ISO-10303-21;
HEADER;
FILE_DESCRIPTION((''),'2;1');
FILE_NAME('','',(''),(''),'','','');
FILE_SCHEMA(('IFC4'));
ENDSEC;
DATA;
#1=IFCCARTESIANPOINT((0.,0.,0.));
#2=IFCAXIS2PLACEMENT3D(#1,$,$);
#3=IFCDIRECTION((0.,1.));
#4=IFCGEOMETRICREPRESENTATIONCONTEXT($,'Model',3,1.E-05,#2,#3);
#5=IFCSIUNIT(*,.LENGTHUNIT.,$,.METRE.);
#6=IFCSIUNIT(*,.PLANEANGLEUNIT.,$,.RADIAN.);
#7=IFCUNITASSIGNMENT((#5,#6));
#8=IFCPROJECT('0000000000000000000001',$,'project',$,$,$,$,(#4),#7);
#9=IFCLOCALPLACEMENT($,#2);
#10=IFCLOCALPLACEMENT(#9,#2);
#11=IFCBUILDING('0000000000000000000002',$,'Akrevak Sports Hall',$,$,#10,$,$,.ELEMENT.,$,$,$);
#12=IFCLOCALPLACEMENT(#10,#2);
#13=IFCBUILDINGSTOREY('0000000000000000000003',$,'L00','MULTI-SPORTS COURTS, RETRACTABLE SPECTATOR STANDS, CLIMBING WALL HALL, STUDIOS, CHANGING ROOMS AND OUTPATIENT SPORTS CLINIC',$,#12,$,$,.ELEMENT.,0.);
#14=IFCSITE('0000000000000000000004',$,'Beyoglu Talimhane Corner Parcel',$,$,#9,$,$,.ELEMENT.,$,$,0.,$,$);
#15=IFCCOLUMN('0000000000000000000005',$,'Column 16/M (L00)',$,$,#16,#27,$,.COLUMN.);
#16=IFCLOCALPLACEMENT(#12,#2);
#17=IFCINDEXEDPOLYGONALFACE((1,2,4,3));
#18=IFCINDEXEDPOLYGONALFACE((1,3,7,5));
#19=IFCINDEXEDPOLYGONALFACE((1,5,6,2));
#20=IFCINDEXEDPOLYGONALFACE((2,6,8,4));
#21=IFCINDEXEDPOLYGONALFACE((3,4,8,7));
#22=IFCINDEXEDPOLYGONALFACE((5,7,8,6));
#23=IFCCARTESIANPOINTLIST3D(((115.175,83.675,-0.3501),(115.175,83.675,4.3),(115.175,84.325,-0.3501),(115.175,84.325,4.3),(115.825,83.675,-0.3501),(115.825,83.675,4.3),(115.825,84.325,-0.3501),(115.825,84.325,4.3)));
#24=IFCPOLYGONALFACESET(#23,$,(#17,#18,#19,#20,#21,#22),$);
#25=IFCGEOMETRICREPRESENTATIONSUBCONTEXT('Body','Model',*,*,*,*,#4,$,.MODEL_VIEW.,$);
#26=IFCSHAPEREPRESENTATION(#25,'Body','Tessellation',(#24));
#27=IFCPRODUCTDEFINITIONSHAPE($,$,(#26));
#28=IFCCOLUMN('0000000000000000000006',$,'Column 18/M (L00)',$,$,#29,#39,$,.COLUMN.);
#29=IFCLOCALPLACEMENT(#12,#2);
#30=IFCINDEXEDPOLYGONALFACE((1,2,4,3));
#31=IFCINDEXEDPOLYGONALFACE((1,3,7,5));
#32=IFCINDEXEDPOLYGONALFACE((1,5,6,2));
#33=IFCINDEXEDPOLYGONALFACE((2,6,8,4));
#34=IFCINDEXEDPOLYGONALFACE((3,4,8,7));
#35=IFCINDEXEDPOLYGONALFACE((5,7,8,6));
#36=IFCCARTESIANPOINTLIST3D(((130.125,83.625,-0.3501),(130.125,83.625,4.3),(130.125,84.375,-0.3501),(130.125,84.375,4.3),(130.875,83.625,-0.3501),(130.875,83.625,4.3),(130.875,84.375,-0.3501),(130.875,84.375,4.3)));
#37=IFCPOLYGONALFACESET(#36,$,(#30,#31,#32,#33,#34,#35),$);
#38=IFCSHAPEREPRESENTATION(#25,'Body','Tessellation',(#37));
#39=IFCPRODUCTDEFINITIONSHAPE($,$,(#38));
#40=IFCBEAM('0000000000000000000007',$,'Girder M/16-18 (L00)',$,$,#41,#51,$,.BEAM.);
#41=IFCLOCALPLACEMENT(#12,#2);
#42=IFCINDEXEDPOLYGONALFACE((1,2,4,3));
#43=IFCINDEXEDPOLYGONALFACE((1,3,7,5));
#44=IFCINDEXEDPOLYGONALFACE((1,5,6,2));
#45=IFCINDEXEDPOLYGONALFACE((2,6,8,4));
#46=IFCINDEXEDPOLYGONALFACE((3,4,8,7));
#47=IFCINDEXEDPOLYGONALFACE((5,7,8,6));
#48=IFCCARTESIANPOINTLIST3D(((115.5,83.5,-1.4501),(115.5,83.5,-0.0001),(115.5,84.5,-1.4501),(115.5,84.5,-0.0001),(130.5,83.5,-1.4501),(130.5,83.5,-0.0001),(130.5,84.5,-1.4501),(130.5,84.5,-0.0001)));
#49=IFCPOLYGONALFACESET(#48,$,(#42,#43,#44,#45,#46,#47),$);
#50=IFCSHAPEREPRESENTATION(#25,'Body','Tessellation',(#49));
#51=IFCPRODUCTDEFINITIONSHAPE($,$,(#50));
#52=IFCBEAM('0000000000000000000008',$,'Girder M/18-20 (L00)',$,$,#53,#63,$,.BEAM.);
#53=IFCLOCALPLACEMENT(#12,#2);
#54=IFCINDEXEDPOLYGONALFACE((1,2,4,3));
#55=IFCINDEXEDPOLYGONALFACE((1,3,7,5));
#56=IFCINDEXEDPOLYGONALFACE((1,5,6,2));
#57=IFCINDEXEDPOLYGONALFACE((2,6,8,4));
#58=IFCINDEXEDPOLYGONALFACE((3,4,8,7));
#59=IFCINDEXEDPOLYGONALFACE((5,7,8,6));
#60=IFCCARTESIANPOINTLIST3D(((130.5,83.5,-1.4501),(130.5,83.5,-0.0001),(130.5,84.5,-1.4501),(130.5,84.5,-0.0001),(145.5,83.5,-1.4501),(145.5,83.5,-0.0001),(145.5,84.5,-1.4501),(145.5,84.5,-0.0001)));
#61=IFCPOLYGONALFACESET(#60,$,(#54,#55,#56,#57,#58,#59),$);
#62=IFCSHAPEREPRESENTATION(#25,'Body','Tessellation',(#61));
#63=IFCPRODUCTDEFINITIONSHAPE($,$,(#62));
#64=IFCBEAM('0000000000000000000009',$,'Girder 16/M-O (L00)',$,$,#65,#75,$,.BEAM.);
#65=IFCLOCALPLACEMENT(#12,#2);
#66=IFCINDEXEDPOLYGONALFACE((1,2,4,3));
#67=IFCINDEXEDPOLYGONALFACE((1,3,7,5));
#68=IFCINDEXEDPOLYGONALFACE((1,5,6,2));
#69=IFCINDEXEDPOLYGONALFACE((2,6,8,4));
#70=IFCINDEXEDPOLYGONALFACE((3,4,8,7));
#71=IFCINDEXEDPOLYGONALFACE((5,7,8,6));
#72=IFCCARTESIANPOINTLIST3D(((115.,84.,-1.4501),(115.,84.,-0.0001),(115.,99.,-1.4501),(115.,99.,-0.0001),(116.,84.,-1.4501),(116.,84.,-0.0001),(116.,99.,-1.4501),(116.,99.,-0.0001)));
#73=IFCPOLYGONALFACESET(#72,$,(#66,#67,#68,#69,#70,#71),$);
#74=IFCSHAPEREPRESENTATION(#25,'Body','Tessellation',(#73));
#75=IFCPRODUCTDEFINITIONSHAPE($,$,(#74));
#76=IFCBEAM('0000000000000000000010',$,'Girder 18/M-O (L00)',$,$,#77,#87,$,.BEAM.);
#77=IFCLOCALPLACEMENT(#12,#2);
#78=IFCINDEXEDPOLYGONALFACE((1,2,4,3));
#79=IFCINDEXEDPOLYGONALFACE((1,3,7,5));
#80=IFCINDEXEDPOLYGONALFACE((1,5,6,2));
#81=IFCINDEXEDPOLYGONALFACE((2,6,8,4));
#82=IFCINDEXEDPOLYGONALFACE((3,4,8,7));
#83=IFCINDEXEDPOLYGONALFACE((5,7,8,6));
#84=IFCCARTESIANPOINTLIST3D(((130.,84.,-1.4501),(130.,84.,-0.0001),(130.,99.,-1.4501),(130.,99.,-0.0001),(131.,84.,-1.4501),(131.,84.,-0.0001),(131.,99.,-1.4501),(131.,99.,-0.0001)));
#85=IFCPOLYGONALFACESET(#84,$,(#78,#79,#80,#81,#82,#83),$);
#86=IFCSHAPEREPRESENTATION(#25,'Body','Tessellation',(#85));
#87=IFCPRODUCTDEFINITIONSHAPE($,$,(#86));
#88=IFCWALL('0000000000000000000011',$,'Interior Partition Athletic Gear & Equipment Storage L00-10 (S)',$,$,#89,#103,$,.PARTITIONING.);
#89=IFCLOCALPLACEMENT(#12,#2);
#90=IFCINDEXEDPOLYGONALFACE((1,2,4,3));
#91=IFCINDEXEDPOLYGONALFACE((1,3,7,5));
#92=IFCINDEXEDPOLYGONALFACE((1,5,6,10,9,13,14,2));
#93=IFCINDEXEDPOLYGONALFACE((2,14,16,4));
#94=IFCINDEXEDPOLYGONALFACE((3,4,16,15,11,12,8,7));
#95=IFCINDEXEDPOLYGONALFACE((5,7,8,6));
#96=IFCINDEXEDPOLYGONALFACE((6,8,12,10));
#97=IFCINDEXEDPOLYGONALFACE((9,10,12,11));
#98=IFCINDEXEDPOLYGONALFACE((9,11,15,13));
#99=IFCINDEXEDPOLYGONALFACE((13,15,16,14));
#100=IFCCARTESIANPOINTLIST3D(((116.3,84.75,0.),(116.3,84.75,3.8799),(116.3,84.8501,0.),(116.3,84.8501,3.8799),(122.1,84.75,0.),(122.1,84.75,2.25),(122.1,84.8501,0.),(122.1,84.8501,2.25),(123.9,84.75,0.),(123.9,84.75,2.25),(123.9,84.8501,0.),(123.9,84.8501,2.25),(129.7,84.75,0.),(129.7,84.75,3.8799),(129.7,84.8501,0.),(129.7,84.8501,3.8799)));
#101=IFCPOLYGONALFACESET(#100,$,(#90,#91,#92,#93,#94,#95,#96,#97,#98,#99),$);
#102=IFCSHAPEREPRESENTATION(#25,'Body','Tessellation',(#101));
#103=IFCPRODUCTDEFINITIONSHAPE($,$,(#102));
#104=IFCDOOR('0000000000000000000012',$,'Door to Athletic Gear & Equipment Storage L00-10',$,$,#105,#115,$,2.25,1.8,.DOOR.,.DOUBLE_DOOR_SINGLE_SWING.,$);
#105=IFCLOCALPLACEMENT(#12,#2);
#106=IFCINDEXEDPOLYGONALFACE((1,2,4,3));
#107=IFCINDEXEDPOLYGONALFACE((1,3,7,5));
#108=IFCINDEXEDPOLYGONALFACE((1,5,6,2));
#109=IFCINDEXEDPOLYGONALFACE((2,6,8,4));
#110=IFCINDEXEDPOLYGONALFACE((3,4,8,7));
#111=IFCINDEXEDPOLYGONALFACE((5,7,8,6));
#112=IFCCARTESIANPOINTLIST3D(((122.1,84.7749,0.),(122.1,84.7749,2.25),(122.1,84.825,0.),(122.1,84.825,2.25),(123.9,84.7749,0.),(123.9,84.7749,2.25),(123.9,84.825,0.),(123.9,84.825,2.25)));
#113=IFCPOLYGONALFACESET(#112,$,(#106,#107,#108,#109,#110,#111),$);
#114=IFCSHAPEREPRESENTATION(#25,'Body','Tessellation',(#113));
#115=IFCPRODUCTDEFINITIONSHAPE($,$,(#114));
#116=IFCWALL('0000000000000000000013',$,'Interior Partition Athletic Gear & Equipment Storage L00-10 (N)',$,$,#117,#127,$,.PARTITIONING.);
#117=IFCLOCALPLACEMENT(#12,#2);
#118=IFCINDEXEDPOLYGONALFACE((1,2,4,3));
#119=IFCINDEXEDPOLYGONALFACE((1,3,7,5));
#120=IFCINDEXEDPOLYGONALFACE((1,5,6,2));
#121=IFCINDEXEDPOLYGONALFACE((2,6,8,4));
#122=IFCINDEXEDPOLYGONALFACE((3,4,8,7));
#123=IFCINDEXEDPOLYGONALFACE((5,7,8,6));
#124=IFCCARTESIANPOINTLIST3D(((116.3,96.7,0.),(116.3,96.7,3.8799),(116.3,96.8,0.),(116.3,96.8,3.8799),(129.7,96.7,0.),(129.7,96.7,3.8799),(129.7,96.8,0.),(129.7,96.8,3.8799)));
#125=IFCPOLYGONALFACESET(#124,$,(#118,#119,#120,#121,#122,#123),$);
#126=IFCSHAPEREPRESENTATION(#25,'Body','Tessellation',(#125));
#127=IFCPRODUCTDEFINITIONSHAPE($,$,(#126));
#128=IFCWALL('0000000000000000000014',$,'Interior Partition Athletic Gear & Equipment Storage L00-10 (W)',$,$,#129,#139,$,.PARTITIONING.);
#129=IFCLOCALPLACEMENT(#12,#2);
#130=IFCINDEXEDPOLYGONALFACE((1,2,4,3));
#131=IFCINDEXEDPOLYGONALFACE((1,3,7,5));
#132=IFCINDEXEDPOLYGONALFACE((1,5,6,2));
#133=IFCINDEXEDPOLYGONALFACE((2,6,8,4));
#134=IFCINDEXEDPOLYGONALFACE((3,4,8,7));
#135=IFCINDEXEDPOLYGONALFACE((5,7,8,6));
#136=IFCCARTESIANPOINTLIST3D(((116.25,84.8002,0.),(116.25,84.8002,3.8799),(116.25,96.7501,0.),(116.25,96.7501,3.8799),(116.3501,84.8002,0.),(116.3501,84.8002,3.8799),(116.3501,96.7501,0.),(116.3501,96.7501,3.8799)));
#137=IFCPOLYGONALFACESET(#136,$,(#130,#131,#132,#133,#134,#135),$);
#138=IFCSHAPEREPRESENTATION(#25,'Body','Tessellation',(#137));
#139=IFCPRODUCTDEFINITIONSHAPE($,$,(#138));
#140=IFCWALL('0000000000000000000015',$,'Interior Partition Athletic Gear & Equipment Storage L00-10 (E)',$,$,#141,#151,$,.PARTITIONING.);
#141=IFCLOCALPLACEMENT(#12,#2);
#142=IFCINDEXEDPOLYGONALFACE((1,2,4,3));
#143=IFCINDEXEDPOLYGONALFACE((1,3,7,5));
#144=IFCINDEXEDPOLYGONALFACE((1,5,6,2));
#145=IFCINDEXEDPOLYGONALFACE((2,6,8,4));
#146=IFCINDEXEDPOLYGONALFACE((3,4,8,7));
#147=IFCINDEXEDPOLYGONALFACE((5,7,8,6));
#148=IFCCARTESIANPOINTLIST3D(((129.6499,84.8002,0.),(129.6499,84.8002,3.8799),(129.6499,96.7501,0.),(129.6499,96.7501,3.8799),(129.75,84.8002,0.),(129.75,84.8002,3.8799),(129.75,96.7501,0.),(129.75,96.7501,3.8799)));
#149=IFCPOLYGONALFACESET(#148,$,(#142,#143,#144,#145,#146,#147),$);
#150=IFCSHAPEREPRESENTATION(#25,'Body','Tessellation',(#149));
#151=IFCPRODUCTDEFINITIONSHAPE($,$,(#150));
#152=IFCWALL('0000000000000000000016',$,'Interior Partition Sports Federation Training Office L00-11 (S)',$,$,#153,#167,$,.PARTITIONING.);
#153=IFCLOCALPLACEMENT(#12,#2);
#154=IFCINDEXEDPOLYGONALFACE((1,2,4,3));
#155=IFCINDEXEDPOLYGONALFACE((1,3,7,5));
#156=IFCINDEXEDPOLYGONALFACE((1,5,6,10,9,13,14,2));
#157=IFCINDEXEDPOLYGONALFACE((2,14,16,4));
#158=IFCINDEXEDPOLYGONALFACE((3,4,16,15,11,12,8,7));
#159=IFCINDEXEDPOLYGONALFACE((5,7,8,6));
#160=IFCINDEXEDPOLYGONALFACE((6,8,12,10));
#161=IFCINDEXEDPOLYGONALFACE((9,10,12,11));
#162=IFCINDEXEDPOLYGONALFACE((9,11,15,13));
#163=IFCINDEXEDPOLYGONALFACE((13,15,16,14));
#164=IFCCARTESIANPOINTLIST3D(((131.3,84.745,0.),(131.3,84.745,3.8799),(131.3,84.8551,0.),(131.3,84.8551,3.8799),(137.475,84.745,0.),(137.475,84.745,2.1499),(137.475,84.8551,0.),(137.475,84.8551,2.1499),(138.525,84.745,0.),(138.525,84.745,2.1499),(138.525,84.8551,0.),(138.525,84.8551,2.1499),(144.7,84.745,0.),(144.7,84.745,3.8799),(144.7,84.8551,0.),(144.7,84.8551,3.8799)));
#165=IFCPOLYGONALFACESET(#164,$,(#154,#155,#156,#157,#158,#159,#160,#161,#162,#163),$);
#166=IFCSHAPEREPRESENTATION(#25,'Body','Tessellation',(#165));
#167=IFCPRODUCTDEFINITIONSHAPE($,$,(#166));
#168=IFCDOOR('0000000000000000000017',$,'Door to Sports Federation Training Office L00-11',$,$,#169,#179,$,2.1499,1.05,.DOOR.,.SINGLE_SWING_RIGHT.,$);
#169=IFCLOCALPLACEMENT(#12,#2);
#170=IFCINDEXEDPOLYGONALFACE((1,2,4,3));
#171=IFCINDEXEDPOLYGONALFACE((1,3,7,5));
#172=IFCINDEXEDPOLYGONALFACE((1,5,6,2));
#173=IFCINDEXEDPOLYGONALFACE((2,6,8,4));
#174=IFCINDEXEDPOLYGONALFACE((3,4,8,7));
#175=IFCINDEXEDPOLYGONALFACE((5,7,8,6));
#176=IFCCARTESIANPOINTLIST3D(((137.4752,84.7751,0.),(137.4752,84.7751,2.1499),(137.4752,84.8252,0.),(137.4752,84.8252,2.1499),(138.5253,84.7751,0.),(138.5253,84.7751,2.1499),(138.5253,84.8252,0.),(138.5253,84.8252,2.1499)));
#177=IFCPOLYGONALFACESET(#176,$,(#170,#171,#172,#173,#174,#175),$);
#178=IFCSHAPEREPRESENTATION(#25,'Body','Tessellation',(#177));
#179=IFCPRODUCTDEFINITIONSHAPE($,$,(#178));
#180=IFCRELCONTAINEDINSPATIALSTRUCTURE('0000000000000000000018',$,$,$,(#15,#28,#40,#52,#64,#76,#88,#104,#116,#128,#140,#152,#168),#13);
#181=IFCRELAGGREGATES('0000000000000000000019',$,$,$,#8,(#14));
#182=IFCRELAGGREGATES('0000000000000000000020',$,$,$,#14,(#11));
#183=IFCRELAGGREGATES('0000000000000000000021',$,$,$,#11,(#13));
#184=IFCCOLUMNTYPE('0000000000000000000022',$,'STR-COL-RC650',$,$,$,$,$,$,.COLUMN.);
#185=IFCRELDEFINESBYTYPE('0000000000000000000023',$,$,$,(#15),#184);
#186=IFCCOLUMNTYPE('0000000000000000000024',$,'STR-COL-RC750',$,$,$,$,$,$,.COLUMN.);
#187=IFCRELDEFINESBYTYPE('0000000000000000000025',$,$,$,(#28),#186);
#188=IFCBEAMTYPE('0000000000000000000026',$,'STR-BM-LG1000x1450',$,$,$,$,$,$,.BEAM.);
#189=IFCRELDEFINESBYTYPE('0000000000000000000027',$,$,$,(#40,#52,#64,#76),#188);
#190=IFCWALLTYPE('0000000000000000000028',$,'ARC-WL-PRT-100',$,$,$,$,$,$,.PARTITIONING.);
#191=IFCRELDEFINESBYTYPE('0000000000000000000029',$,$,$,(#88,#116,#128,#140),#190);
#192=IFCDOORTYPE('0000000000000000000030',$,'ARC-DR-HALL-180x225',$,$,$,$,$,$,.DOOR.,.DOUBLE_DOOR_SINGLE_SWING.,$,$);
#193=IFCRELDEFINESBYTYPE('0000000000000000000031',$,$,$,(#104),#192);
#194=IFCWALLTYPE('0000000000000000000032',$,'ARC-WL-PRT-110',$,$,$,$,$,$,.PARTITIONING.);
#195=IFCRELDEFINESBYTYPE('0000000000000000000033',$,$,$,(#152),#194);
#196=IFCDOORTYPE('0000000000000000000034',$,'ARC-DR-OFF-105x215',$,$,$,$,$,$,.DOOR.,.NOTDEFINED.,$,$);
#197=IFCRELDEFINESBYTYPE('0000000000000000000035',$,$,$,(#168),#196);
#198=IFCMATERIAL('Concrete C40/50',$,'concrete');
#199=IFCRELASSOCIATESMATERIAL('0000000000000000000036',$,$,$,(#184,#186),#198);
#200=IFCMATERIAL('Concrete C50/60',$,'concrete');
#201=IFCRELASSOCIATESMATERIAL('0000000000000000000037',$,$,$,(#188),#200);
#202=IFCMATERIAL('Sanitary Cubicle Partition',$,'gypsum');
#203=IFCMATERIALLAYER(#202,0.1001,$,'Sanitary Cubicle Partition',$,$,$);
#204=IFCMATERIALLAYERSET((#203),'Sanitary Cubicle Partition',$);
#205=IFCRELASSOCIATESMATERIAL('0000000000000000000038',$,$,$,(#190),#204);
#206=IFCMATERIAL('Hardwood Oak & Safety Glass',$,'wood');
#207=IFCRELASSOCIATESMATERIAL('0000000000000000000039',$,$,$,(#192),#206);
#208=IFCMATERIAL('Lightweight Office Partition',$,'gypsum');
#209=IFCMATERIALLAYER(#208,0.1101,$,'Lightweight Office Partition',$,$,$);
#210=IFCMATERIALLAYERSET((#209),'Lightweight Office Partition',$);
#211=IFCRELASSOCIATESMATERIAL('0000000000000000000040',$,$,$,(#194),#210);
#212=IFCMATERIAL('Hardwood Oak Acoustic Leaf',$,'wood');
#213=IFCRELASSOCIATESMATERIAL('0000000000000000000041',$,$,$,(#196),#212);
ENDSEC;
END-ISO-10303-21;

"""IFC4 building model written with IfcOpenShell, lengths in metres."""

from ifc_helpers import new_model, si_unit, direction, frame, frame_2d, origin, origin_2d, place, context, subcontext, project, spatial, rectangle, extrude, material, layer, layer_set, material_profile, profile_set, type_object, element, fill, save


model = new_model("IFC4")

# Units and contexts
model_context = context("Model", 3, precision=1e-05, world=origin(), true_north=direction((0.0, 1.0)))
body_context = subcontext(model_context, "Body", "Model", "MODEL_VIEW")
ifc_project = project(units=[si_unit("LENGTHUNIT", "METRE"), si_unit("PLANEANGLEUNIT", "RADIAN")], contexts=[model_context])

# Site, building, storey
site_placement = place(None, origin())
site = spatial("IfcSite", under=ifc_project, at=site_placement, Name="Beyoglu Talimhane Corner Parcel", CompositionType="ELEMENT", RefElevation=0.0)
building_placement = place(site_placement, origin())
building = spatial("IfcBuilding", under=site, at=building_placement, Name="Akrevak Sports Hall", CompositionType="ELEMENT")
storey_placement = place(building_placement, origin())
storey = spatial("IfcBuildingStorey", under=building, at=storey_placement, Name="L00", Description="MULTI-SPORTS COURTS, RETRACTABLE SPECTATOR STANDS, CLIMBING WALL HALL, STUDIOS, CHANGING ROOMS AND OUTPATIENT SPORTS CLINIC", CompositionType="ELEMENT", Elevation=0.0)

# Columns
ifc_material_1 = material(Name="Concrete C40/50", Category="concrete")
ifc_material_profile_1 = material_profile(ifc_material_1, rectangle(XDim=0.6499, YDim=0.6499, at=origin_2d()), Name="RC 650x650", Category="concrete")
ifc_profile_set_1 = profile_set([ifc_material_profile_1], Name="Concrete C40/50")
column_type_1 = type_object("IfcColumnType", Name="STR-COL-RC650", PredefinedType="COLUMN", material=ifc_profile_set_1)
column_1_placement = place(storey_placement, frame((115.5, 84.0, -0.3501), z_axis=(0.0, 0.0, 1.0), x_axis=(1.0, 0.0, 0.0)))
element("IfcColumn", 1, at=column_1_placement, inside=storey, type_object=column_type_1, Name="Column 16/M (L00)", PredefinedType="COLUMN", context=body_context, shape_type="SweptSolid", body=[
    extrude(rectangle(XDim=0.6499, YDim=0.6499, at=origin_2d()), origin(), (0.0, 0.0, 1.0), 4.6501),
])
ifc_material_profile_2 = material_profile(ifc_material_1, rectangle(XDim=0.75, YDim=0.75, at=origin_2d()), Name="RC 750x750", Category="concrete")
ifc_profile_set_2 = profile_set([ifc_material_profile_2], Name="Concrete C40/50")
column_type_2 = type_object("IfcColumnType", Name="STR-COL-RC750", PredefinedType="COLUMN", material=ifc_profile_set_2)
column_2_placement = place(storey_placement, frame((130.5, 84.0, -0.3501), z_axis=(0.0, 0.0, 1.0), x_axis=(1.0, 0.0, 0.0)))
element("IfcColumn", 2, at=column_2_placement, inside=storey, type_object=column_type_2, Name="Column 18/M (L00)", PredefinedType="COLUMN", context=body_context, shape_type="SweptSolid", body=[
    extrude(rectangle(XDim=0.75, YDim=0.75, at=origin_2d()), origin(), (0.0, 0.0, 1.0), 4.6501),
])

# Beams
ifc_material_2 = material(Name="Concrete C50/60", Category="concrete")
ifc_material_profile_3 = material_profile(ifc_material_2, rectangle(XDim=1.0, YDim=1.45, at=origin_2d()), Name="BM 1000x1450", Category="concrete")
ifc_profile_set_3 = profile_set([ifc_material_profile_3], Name="Concrete C50/60")
beam_type = type_object("IfcBeamType", Name="STR-BM-LG1000x1450", PredefinedType="BEAM", material=ifc_profile_set_3)
for number, where, z_axis, x_axis, name in (
    (3, (115.5, 84.0, -0.7251), (1.0, 0.0, 0.0), (0.0, 1.0, 0.0), "Girder M/16-18 (L00)"),
    (4, (130.5, 84.0, -0.7251), (1.0, 0.0, 0.0), (0.0, 1.0, 0.0), "Girder M/18-20 (L00)"),
    (5, (115.5, 84.0, -0.7251), (0.0, 1.0, 0.0), (-1.0, 0.0, 0.0), "Girder 16/M-O (L00)"),
    (6, (130.5, 84.0, -0.7251), (0.0, 1.0, 0.0), (-1.0, 0.0, 0.0), "Girder 18/M-O (L00)"),
):
    element("IfcBeam", number, at=place(storey_placement, frame(where, z_axis=z_axis, x_axis=x_axis)), inside=storey, type_object=beam_type, Name=name, PredefinedType="BEAM", context=body_context, shape_type="SweptSolid", body=[
        extrude(rectangle(XDim=1.0, YDim=1.45, at=origin_2d()), origin(), (0.0, 0.0, 1.0), 15.0),
    ])

# Wall, opening, door
ifc_material_3 = material(Name="Sanitary Cubicle Partition", Category="gypsum")
ifc_layer_1 = layer(ifc_material_3, 0.1001, Name="Sanitary Cubicle Partition")
ifc_layer_set_1 = layer_set([ifc_layer_1], Name="Sanitary Cubicle Partition")
wall_type_1 = type_object("IfcWallType", Name="ARC-WL-PRT-100", PredefinedType="PARTITIONING", material=ifc_layer_set_1)
wall_1_placement = place(storey_placement, frame((116.3, 84.8, 0.0), z_axis=(0.0, 0.0, 1.0), x_axis=(1.0, 0.0, 0.0)))
wall_1 = element("IfcWall", 7, at=wall_1_placement, inside=storey, type_object=wall_type_1, Name="Interior Partition Athletic Gear & Equipment Storage L00-10 (S)", PredefinedType="PARTITIONING", context=body_context, shape_type="SweptSolid", body=[
    extrude(rectangle(XDim=13.3999, YDim=0.1001, at=frame_2d((6.7, 0.0))), origin(), (0.0, 0.0, 1.0), 3.8799),
])
opening_1_placement = place(wall_1_placement, frame((5.8, 0.0, 0.0)))
opening_1 = element("IfcOpeningElement", 8, at=opening_1_placement, cuts=wall_1, PredefinedType="OPENING", context=body_context, shape_type="SweptSolid", body=[
    extrude(rectangle(XDim=1.8, YDim=2.25, at=frame_2d((0.8999, 1.125))), frame((0.0, 0.062, 0.0), z_axis=(0.0, -1.0, 0.0), x_axis=(1.0, 0.0, 0.0)), (0.0, 0.0, 1.0), 0.124),
])
ifc_material_4 = material(Name="Hardwood Oak & Safety Glass", Category="wood")
door_type_1 = type_object("IfcDoorType", Name="ARC-DR-HALL-180x225", OperationType="DOUBLE_DOOR_SINGLE_SWING", PredefinedType="DOOR", material=ifc_material_4)
door_1_placement = place(opening_1_placement, origin())
door_1 = element("IfcDoor", 9, at=door_1_placement, inside=storey, type_object=door_type_1, Name="Door to Athletic Gear & Equipment Storage L00-10", OperationType="DOUBLE_DOOR_SINGLE_SWING", OverallHeight=2.25, OverallWidth=1.8, PredefinedType="DOOR", context=body_context, shape_type="SweptSolid", body=[
    extrude(rectangle(XDim=1.8, YDim=2.25, at=frame_2d((0.8999, 1.125))), frame((0.0, 0.0249, 0.0), z_axis=(0.0, -1.0, 0.0), x_axis=(1.0, 0.0, 0.0)), (0.0, 0.0, 1.0), 0.05),
])
fill(opening_1, door_1)

# Walls
wall_2_placement = place(storey_placement, frame((116.3, 96.75, 0.0), z_axis=(0.0, 0.0, 1.0), x_axis=(1.0, 0.0, 0.0)))
element("IfcWall", 10, at=wall_2_placement, inside=storey, type_object=wall_type_1, Name="Interior Partition Athletic Gear & Equipment Storage L00-10 (N)", PredefinedType="PARTITIONING", context=body_context, shape_type="SweptSolid", body=[
    extrude(rectangle(XDim=13.3999, YDim=0.1001, at=frame_2d((6.7, 0.0))), origin(), (0.0, 0.0, 1.0), 3.8799),
])
for number, where, z_axis, x_axis, name in (
    (11, (116.3, 84.8, 0.0), (0.0, 0.0, 1.0), (0.0, 1.0, 0.0), "Interior Partition Athletic Gear & Equipment Storage L00-10 (W)"),
    (12, (129.7, 84.8, 0.0), (0.0, 0.0, 1.0), (0.0, 1.0, 0.0), "Interior Partition Athletic Gear & Equipment Storage L00-10 (E)"),
):
    element("IfcWall", number, at=place(storey_placement, frame(where, z_axis=z_axis, x_axis=x_axis)), inside=storey, type_object=wall_type_1, Name=name, PredefinedType="PARTITIONING", context=body_context, shape_type="SweptSolid", body=[
        extrude(rectangle(XDim=11.95, YDim=0.1001, at=frame_2d((5.9751, 0.0))), origin(), (0.0, 0.0, 1.0), 3.8799),
    ])

# Wall, opening, door
ifc_material_5 = material(Name="Lightweight Office Partition", Category="gypsum")
ifc_layer_2 = layer(ifc_material_5, 0.1101, Name="Lightweight Office Partition")
ifc_layer_set_2 = layer_set([ifc_layer_2], Name="Lightweight Office Partition")
wall_type_2 = type_object("IfcWallType", Name="ARC-WL-PRT-110", PredefinedType="PARTITIONING", material=ifc_layer_set_2)
wall_3_placement = place(storey_placement, frame((131.3, 84.8, 0.0), z_axis=(0.0, 0.0, 1.0), x_axis=(1.0, 0.0, 0.0)))
wall_3 = element("IfcWall", 13, at=wall_3_placement, inside=storey, type_object=wall_type_2, Name="Interior Partition Sports Federation Training Office L00-11 (S)", PredefinedType="PARTITIONING", context=body_context, shape_type="SweptSolid", body=[
    extrude(rectangle(XDim=13.3999, YDim=0.1101, at=frame_2d((6.7, 0.0))), origin(), (0.0, 0.0, 1.0), 3.8799),
])
opening_2_placement = place(wall_3_placement, frame((6.175, 0.0, 0.0)))
opening_2 = element("IfcOpeningElement", 14, at=opening_2_placement, cuts=wall_3, PredefinedType="OPENING", context=body_context, shape_type="SweptSolid", body=[
    extrude(rectangle(XDim=1.05, YDim=2.1499, at=frame_2d((0.5249, 1.075))), frame((0.0, 0.0669, 0.0), z_axis=(0.0, -1.0, 0.0), x_axis=(1.0, 0.0, 0.0)), (0.0, 0.0, 1.0), 0.134),
])
ifc_material_6 = material(Name="Hardwood Oak Acoustic Leaf", Category="wood")
door_type_2 = type_object("IfcDoorType", Name="ARC-DR-OFF-105x215", OperationType="NOTDEFINED", PredefinedType="DOOR", material=ifc_material_6)
door_2_placement = place(opening_2_placement, frame((1.05, 0.0, 0.0), z_axis=(0.0, 0.0, 1.0), x_axis=(-1.0, 0.0, 0.0)))
door_2 = element("IfcDoor", 15, at=door_2_placement, inside=storey, type_object=door_type_2, Name="Door to Sports Federation Training Office L00-11", OperationType="SINGLE_SWING_RIGHT", OverallHeight=2.1499, OverallWidth=1.05, PredefinedType="DOOR", context=body_context, shape_type="SweptSolid", body=[
    extrude(rectangle(XDim=1.05, YDim=2.1499, at=frame_2d((0.5249, 1.075))), frame((0.0, 0.0249, 0.0), z_axis=(0.0, -1.0, 0.0), x_axis=(1.0, 0.0, 0.0)), (0.0, 0.0, 1.0), 0.05),
])
fill(opening_2, door_2)

save(model, "model.ifc")
